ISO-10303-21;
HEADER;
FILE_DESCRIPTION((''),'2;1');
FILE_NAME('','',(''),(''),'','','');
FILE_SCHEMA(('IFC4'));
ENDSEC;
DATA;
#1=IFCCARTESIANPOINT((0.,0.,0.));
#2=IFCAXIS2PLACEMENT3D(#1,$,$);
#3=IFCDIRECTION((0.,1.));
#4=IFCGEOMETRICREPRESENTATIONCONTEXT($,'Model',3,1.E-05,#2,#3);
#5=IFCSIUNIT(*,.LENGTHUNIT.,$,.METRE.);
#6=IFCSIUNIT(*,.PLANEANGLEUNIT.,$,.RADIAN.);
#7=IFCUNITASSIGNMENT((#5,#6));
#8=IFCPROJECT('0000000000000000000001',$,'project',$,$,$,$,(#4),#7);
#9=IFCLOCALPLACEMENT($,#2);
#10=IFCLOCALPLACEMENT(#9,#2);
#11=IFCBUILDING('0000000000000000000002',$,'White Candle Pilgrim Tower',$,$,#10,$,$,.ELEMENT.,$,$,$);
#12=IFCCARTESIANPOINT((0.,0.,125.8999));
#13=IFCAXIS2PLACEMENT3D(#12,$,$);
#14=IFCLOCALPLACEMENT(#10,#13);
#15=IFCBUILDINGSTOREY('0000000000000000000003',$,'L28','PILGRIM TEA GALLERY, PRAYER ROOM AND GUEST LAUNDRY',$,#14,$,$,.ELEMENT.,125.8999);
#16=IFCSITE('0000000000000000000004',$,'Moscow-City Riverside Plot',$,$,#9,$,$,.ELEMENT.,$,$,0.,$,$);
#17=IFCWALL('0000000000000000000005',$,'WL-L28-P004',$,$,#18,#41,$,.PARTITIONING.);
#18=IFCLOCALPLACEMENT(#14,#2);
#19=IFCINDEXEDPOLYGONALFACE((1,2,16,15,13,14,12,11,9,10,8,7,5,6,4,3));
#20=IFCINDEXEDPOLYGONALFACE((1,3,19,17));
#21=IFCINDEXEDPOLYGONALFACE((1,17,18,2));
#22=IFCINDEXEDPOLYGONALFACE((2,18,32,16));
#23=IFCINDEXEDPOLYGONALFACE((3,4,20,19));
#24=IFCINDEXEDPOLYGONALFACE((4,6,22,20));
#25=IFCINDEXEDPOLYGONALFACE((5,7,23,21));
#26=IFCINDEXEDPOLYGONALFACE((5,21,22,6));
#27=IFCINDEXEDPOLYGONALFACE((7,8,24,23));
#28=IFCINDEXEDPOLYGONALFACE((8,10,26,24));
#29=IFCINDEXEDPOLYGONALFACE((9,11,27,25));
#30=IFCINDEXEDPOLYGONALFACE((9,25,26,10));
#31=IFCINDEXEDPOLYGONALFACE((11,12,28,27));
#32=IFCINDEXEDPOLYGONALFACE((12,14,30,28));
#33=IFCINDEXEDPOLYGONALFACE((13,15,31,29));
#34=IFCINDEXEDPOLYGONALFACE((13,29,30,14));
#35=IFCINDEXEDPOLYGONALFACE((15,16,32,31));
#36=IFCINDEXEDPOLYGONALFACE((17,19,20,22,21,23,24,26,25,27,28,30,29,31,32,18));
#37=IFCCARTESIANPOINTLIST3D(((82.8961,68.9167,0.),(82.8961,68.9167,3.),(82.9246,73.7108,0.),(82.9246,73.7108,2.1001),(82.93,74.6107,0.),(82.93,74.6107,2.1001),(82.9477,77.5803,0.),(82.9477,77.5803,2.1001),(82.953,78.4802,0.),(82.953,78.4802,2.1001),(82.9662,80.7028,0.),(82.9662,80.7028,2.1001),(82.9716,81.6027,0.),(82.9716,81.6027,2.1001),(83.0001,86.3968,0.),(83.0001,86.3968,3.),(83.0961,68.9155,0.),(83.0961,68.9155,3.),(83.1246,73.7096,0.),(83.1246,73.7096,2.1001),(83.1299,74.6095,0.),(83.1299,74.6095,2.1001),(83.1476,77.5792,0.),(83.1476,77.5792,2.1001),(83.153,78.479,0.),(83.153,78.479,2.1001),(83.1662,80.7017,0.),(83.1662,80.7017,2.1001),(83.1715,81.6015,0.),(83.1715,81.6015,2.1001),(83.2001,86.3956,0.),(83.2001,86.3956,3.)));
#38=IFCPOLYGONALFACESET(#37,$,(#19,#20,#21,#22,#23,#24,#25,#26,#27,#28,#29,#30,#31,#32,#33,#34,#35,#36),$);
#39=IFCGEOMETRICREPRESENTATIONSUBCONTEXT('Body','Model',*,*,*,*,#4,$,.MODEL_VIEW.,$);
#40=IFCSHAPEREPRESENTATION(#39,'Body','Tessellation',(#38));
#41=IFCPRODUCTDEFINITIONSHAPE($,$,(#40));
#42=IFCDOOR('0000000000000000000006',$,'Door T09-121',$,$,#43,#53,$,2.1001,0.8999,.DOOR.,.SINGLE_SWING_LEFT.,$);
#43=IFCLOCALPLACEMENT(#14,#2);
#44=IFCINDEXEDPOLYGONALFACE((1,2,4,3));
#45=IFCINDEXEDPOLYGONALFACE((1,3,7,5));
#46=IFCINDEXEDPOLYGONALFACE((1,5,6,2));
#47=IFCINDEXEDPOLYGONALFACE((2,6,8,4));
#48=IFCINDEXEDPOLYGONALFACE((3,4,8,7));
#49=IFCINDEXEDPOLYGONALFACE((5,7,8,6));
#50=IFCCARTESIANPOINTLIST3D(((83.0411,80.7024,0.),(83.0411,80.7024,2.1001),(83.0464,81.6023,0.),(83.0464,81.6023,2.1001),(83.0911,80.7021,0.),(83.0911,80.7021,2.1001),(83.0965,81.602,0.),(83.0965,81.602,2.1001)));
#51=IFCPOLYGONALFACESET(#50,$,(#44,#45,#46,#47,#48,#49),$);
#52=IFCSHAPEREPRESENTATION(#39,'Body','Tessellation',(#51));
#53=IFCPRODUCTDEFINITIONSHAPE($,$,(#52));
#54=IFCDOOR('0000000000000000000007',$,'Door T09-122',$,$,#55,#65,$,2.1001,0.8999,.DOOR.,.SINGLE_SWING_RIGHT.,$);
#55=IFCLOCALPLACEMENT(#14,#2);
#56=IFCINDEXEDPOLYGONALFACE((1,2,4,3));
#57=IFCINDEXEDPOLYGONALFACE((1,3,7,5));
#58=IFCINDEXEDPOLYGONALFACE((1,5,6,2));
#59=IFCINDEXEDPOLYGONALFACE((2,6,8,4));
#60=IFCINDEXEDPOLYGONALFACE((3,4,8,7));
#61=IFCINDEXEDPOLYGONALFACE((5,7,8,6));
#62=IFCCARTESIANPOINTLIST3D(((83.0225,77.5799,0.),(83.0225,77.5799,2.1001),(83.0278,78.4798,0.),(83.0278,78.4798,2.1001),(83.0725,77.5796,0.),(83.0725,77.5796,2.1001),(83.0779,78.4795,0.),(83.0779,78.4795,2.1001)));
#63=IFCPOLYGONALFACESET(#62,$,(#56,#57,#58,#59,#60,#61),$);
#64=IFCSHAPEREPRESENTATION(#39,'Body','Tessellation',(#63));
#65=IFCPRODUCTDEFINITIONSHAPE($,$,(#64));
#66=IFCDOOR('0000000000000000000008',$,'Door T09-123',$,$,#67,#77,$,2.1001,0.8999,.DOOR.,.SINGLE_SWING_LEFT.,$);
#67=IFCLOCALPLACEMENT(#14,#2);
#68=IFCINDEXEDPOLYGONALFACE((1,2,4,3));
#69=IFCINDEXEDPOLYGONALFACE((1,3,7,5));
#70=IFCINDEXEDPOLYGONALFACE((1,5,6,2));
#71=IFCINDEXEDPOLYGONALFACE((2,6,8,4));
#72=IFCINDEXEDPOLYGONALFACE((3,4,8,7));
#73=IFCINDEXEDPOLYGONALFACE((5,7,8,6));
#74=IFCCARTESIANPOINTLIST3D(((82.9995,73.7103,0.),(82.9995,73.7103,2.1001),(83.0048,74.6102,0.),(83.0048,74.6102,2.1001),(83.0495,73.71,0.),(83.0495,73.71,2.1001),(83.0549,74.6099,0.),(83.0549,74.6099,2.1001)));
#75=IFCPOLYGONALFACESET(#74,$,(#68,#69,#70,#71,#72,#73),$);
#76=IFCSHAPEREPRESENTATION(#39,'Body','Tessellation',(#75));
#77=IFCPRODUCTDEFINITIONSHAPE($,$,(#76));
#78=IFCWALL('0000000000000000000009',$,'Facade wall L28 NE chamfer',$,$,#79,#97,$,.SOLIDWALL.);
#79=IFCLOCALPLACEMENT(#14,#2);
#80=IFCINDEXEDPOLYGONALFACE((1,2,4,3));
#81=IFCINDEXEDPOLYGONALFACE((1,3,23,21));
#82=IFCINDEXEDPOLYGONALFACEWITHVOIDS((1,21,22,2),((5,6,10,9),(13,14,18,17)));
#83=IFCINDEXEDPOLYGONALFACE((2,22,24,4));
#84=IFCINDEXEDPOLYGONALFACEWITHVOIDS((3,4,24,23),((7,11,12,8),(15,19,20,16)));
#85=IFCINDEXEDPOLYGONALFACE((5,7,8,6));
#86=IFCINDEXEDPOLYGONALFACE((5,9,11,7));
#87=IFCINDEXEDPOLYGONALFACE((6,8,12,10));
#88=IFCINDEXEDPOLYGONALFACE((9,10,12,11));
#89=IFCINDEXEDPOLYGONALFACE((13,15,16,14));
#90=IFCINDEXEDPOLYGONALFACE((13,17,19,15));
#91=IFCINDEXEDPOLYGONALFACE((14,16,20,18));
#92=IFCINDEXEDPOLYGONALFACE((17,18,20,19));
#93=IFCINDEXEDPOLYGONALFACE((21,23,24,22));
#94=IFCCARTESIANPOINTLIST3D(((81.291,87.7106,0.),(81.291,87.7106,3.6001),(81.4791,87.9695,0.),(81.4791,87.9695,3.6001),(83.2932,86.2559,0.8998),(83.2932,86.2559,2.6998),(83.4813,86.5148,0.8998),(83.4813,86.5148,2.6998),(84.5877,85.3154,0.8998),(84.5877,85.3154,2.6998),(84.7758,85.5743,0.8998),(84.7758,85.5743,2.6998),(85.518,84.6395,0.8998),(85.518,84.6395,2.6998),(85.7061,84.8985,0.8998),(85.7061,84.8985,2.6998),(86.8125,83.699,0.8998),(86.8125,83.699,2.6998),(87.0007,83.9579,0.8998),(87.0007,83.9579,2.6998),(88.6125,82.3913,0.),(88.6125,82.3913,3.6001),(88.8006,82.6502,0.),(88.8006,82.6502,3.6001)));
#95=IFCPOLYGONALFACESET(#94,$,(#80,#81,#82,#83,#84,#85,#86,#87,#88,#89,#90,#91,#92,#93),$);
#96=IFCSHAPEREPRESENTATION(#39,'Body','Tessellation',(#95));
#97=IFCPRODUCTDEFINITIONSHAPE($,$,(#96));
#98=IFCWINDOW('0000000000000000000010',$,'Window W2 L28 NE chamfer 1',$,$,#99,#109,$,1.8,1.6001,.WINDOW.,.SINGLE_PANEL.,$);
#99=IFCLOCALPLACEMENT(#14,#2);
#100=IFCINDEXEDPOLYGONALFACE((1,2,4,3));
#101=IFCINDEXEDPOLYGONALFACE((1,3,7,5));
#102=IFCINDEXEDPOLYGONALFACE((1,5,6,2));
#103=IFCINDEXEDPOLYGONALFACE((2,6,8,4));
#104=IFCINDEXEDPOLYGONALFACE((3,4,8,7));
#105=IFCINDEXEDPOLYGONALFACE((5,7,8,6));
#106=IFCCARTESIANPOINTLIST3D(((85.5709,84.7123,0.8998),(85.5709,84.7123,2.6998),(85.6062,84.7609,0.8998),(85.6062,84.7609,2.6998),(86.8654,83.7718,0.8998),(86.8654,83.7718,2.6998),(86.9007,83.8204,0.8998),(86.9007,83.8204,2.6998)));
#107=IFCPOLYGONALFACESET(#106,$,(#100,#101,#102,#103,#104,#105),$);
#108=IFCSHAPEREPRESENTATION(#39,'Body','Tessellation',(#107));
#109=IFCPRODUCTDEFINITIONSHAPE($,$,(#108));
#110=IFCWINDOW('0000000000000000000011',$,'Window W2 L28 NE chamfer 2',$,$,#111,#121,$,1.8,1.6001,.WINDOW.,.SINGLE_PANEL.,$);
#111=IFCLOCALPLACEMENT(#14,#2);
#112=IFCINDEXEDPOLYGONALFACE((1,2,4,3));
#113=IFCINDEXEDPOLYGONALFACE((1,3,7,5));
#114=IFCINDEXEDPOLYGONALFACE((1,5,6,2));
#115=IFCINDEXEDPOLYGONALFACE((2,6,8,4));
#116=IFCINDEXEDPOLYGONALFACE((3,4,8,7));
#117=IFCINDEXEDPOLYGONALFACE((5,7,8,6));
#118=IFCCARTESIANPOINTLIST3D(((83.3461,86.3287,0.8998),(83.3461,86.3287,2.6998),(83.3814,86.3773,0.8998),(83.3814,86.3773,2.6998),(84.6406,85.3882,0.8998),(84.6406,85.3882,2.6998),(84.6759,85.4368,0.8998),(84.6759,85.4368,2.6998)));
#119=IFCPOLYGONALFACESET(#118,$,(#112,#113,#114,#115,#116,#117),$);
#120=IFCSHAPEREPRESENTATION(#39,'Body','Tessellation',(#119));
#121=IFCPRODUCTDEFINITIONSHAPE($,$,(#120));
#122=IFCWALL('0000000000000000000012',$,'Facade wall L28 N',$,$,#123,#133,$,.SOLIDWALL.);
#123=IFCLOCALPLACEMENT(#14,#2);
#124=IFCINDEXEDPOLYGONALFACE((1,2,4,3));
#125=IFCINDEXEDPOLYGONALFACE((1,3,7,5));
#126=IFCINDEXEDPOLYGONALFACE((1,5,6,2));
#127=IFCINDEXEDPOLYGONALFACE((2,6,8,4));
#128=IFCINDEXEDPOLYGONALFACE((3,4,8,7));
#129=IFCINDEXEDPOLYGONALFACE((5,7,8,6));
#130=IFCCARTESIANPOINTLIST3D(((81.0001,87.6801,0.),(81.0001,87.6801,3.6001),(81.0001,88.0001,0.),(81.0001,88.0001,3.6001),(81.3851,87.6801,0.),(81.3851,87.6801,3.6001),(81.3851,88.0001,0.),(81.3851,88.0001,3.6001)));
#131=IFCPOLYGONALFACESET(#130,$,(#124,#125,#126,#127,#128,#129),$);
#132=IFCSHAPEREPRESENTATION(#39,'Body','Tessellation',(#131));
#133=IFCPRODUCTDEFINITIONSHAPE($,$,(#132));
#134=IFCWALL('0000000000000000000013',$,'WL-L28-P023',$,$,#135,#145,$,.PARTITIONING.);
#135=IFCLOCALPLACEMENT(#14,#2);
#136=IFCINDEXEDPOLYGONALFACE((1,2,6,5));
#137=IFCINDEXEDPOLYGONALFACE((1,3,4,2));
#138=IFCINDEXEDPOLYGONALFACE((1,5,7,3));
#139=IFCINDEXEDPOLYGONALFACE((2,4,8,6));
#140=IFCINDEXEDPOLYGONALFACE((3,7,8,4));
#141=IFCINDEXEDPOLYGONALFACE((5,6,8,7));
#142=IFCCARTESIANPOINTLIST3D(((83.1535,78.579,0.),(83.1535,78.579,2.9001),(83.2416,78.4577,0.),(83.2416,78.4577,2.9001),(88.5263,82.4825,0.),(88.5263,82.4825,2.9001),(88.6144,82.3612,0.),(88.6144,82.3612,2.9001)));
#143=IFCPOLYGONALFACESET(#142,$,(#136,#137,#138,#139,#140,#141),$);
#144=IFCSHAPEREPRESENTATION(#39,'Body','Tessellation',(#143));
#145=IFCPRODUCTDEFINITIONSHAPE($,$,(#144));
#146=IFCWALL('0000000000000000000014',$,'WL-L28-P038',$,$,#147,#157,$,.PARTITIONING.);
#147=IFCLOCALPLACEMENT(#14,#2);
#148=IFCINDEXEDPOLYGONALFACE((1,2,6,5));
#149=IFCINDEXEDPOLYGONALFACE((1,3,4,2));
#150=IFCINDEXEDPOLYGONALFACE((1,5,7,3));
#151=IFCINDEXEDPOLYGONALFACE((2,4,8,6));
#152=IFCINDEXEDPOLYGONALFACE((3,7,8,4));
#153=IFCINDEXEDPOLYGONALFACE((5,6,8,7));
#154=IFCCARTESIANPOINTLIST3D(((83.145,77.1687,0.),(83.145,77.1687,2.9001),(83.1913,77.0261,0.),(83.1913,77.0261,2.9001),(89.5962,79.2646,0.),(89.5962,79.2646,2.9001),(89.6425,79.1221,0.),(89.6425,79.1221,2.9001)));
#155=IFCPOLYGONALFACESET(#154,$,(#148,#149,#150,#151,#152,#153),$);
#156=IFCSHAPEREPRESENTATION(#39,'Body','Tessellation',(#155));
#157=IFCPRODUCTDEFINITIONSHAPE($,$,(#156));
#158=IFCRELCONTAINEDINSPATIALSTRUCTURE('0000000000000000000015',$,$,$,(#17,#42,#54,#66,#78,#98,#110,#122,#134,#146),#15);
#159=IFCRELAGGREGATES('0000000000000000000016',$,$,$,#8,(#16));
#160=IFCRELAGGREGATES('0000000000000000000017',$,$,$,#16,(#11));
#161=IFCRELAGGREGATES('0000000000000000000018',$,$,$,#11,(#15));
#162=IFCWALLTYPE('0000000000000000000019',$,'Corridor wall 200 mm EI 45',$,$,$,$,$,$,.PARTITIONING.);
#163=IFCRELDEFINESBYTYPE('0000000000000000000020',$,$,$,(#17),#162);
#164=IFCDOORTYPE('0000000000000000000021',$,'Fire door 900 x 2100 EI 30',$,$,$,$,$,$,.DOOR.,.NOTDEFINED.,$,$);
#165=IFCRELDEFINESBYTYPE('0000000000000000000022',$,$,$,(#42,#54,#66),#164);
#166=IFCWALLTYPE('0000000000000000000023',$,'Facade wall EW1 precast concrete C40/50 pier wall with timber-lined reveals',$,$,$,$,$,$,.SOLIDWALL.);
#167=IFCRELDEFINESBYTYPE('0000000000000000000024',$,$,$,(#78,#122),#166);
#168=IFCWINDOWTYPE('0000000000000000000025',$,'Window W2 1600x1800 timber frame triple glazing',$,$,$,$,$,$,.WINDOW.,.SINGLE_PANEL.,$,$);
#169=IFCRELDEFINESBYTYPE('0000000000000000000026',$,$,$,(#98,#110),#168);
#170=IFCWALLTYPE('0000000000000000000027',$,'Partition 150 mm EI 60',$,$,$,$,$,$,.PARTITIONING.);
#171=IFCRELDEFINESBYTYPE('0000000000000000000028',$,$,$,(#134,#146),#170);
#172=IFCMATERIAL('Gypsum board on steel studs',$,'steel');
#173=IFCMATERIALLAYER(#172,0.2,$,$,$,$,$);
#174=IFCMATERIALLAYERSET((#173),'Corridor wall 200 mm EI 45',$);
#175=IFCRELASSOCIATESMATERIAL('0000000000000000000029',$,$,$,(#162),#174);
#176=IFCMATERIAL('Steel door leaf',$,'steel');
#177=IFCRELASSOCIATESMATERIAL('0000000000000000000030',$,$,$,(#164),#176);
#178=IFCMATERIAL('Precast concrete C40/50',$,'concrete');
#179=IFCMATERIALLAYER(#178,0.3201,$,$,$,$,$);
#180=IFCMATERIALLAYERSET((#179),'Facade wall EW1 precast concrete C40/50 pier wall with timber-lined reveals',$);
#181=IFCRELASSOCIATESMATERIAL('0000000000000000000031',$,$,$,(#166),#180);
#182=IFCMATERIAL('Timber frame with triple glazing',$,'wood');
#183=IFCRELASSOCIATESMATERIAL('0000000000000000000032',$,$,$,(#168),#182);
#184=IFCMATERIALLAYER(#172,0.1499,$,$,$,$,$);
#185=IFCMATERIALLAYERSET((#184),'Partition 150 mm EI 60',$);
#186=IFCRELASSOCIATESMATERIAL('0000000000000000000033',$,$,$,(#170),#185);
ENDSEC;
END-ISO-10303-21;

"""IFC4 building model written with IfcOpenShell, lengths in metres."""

from ifc_helpers import new_model, si_unit, direction, frame, frame_2d, origin, place, context, subcontext, project, spatial, rectangle, extrude, material, layer, layer_set, type_object, element, fill, save


model = new_model("IFC4")

# Units and contexts
model_context = context("Model", 3, precision=1e-05, world=origin(), true_north=direction((0.0, 1.0)))
body_context = subcontext(model_context, "Body", "Model", "MODEL_VIEW")
ifc_project = project(units=[si_unit("LENGTHUNIT", "METRE"), si_unit("PLANEANGLEUNIT", "RADIAN")], contexts=[model_context])

# Site, building, storey
site_placement = place(None, origin())
site = spatial("IfcSite", under=ifc_project, at=site_placement, Name="Moscow-City Riverside Plot", CompositionType="ELEMENT", RefElevation=0.0)
building_placement = place(site_placement, origin())
building = spatial("IfcBuilding", under=site, at=building_placement, Name="White Candle Pilgrim Tower", CompositionType="ELEMENT")
storey_placement = place(building_placement, frame((0.0, 0.0, 125.8999)))
storey = spatial("IfcBuildingStorey", under=building, at=storey_placement, Name="L28", Description="PILGRIM TEA GALLERY, PRAYER ROOM AND GUEST LAUNDRY", CompositionType="ELEMENT", Elevation=125.8999)

# Shared definitions
ifc_material_1 = material(Name="Steel door leaf", Category="steel")

# Wall, openings, doors
ifc_material_2 = material(Name="Gypsum board on steel studs", Category="steel")
ifc_layer_1 = layer(ifc_material_2, 0.2)
ifc_layer_set_1 = layer_set([ifc_layer_1], Name="Corridor wall 200 mm EI 45")
wall_type_1 = type_object("IfcWallType", Name="Corridor wall 200 mm EI 45", PredefinedType="PARTITIONING", material=ifc_layer_set_1)
wall_1_placement = place(storey_placement, frame((83.1001, 86.3962, 0.0), z_axis=(0.0, 0.0, 1.0), x_axis=(-0.00595, -0.999982, 0.0)))
wall_1 = element("IfcWall", 1, at=wall_1_placement, inside=storey, type_object=wall_type_1, Name="WL-L28-P004", PredefinedType="PARTITIONING", context=body_context, shape_type="SweptSolid", body=[
    extrude(rectangle(XDim=17.4805, YDim=0.2, at=frame_2d((8.7402, 0.0))), origin(), (0.0, 0.0, 1.0), 3.0),
])
opening_1_placement = place(wall_1_placement, frame((4.7942, 0.0, 0.0)))
opening_1 = element("IfcOpeningElement", 2, at=opening_1_placement, cuts=wall_1, PredefinedType="OPENING", context=body_context, shape_type="SweptSolid", body=[
    extrude(rectangle(XDim=0.8999, YDim=2.1001, at=frame_2d((0.45, 1.05))), frame((0.0, 0.1099, 0.0), z_axis=(0.0, -1.0, 0.0), x_axis=(1.0, 0.0, 0.0)), (0.0, 0.0, 1.0), 0.22),
])
opening_2_placement = place(wall_1_placement, frame((7.9167, 0.0, 0.0)))
opening_2 = element("IfcOpeningElement", 3, at=opening_2_placement, cuts=wall_1, PredefinedType="OPENING", context=body_context, shape_type="SweptSolid", body=[
    extrude(rectangle(XDim=0.8999, YDim=2.1001, at=frame_2d((0.45, 1.05))), frame((0.0, 0.1099, 0.0), z_axis=(0.0, -1.0, 0.0), x_axis=(1.0, 0.0, 0.0)), (0.0, 0.0, 1.0), 0.22),
])
opening_3_placement = place(wall_1_placement, frame((11.7864, 0.0, 0.0)))
opening_3 = element("IfcOpeningElement", 4, at=opening_3_placement, cuts=wall_1, PredefinedType="OPENING", context=body_context, shape_type="SweptSolid", body=[
    extrude(rectangle(XDim=0.8999, YDim=2.1001, at=frame_2d((0.45, 1.05))), frame((0.0, 0.1099, 0.0), z_axis=(0.0, -1.0, 0.0), x_axis=(1.0, 0.0, 0.0)), (0.0, 0.0, 1.0), 0.22),
])
door_type_1 = type_object("IfcDoorType", Name="Fire door 900 x 2100 EI 30", OperationType="NOTDEFINED", PredefinedType="DOOR", material=ifc_material_1)
door_1_placement = place(opening_1_placement, origin())
door_1 = element("IfcDoor", 5, at=door_1_placement, inside=storey, type_object=door_type_1, Name="Door T09-121", OperationType="SINGLE_SWING_LEFT", OverallHeight=2.1001, OverallWidth=0.8999, PredefinedType="DOOR", context=body_context, shape_type="SweptSolid", body=[
    extrude(rectangle(XDim=0.8999, YDim=2.1001, at=frame_2d((0.45, 1.05))), frame((0.0, 0.0249, 0.0), z_axis=(0.0, -1.0, 0.0), x_axis=(1.0, 0.0, 0.0)), (0.0, 0.0, 1.0), 0.05),
])
fill(opening_1, door_1)
door_2_placement = place(opening_2_placement, origin())
door_2 = element("IfcDoor", 6, at=door_2_placement, inside=storey, type_object=door_type_1, Name="Door T09-122", OperationType="SINGLE_SWING_RIGHT", OverallHeight=2.1001, OverallWidth=0.8999, PredefinedType="DOOR", context=body_context, shape_type="SweptSolid", body=[
    extrude(rectangle(XDim=0.8999, YDim=2.1001, at=frame_2d((0.45, 1.05))), frame((0.0, 0.0249, 0.0), z_axis=(0.0, -1.0, 0.0), x_axis=(1.0, 0.0, 0.0)), (0.0, 0.0, 1.0), 0.05),
])
fill(opening_2, door_2)
door_3_placement = place(opening_3_placement, origin())
door_3 = element("IfcDoor", 7, at=door_3_placement, inside=storey, type_object=door_type_1, Name="Door T09-123", OperationType="SINGLE_SWING_LEFT", OverallHeight=2.1001, OverallWidth=0.8999, PredefinedType="DOOR", context=body_context, shape_type="SweptSolid", body=[
    extrude(rectangle(XDim=0.8999, YDim=2.1001, at=frame_2d((0.45, 1.05))), frame((0.0, 0.0249, 0.0), z_axis=(0.0, -1.0, 0.0), x_axis=(1.0, 0.0, 0.0)), (0.0, 0.0, 1.0), 0.05),
])
fill(opening_3, door_3)

# Wall, openings, windows
ifc_material_3 = material(Name="Precast concrete C40/50", Category="concrete")
ifc_layer_2 = layer(ifc_material_3, 0.3201)
ifc_layer_set_2 = layer_set([ifc_layer_2], Name="Facade wall EW1 precast concrete C40/50 pier wall with timber-lined reveals")
wall_type_2 = type_object("IfcWallType", Name="Facade wall EW1 precast concrete C40/50 pier wall with timber-lined reveals", PredefinedType="SOLIDWALL", material=ifc_layer_set_2)
wall_2_placement = place(storey_placement, frame((88.7065, 82.5208, 0.0), z_axis=(0.0, 0.0, 1.0), x_axis=(-0.809021, 0.58778, 0.0)))
wall_2 = element("IfcWall", 8, at=wall_2_placement, inside=storey, type_object=wall_type_2, Name="Facade wall L28 NE chamfer", PredefinedType="SOLIDWALL", context=body_context, shape_type="SweptSolid", body=[
    extrude(rectangle(XDim=9.0498, YDim=0.3201, at=frame_2d((4.5249, 0.0))), origin(), (0.0, 0.0, 1.0), 3.6001),
])
opening_4_placement = place(wall_2_placement, frame((2.2249, 0.0, 0.8999)))
opening_4 = element("IfcOpeningElement", 9, at=opening_4_placement, cuts=wall_2, PredefinedType="OPENING", context=body_context, shape_type="SweptSolid", body=[
    extrude(rectangle(XDim=1.6001, YDim=1.8, at=frame_2d((0.8, 0.8999))), frame((0.0, 0.1699, 0.0), z_axis=(0.0, -1.0, 0.0), x_axis=(1.0, 0.0, 0.0)), (0.0, 0.0, 1.0), 0.3401),
])
opening_5_placement = place(wall_2_placement, frame((4.9749, 0.0, 0.8999)))
opening_5 = element("IfcOpeningElement", 10, at=opening_5_placement, cuts=wall_2, PredefinedType="OPENING", context=body_context, shape_type="SweptSolid", body=[
    extrude(rectangle(XDim=1.6001, YDim=1.8, at=frame_2d((0.8, 0.8999))), frame((0.0, 0.1699, 0.0), z_axis=(0.0, -1.0, 0.0), x_axis=(1.0, 0.0, 0.0)), (0.0, 0.0, 1.0), 0.3401),
])
ifc_material_4 = material(Name="Timber frame with triple glazing", Category="wood")
window_type = type_object("IfcWindowType", Name="Window W2 1600x1800 timber frame triple glazing", PartitioningType="SINGLE_PANEL", PredefinedType="WINDOW", material=ifc_material_4)
window_1_placement = place(opening_4_placement, origin())
window_1 = element("IfcWindow", 11, at=window_1_placement, inside=storey, type_object=window_type, Name="Window W2 L28 NE chamfer 1", OverallHeight=1.8, OverallWidth=1.6001, PartitioningType="SINGLE_PANEL", PredefinedType="WINDOW", context=body_context, shape_type="SweptSolid", body=[
    extrude(rectangle(XDim=1.6001, YDim=1.8, at=frame_2d((0.8, 0.8999))), frame((0.0, 0.0701, 0.0), z_axis=(0.0, -1.0, 0.0), x_axis=(1.0, 0.0, 0.0)), (0.0, 0.0, 1.0), 0.0601),
])
fill(opening_4, window_1)
window_2_placement = place(opening_5_placement, origin())
window_2 = element("IfcWindow", 12, at=window_2_placement, inside=storey, type_object=window_type, Name="Window W2 L28 NE chamfer 2", OverallHeight=1.8, OverallWidth=1.6001, PartitioningType="SINGLE_PANEL", PredefinedType="WINDOW", context=body_context, shape_type="SweptSolid", body=[
    extrude(rectangle(XDim=1.6001, YDim=1.8, at=frame_2d((0.8, 0.8999))), frame((0.0, 0.0701, 0.0), z_axis=(0.0, -1.0, 0.0), x_axis=(1.0, 0.0, 0.0)), (0.0, 0.0, 1.0), 0.0601),
])
fill(opening_5, window_2)

# Walls
wall_3_placement = place(storey_placement, frame((81.385, 87.8401, 0.0), z_axis=(0.0, 0.0, 1.0), x_axis=(-1.0, 0.0, 0.0)))
element("IfcWall", 13, at=wall_3_placement, inside=storey, type_object=wall_type_2, Name="Facade wall L28 N", PredefinedType="SOLIDWALL", context=body_context, shape_type="SweptSolid", body=[
    extrude(rectangle(XDim=0.385, YDim=0.3201, at=frame_2d((0.1924, 0.0))), origin(), (0.0, 0.0, 1.0), 3.6001),
])
ifc_layer_3 = layer(ifc_material_2, 0.1499)
ifc_layer_set_3 = layer_set([ifc_layer_3], Name="Partition 150 mm EI 60")
wall_type_3 = type_object("IfcWallType", Name="Partition 150 mm EI 60", PredefinedType="PARTITIONING", material=ifc_layer_set_3)
wall_4_placement = place(storey_placement, frame((88.5703, 82.4219, 0.0), z_axis=(0.0, 0.0, 1.0), x_axis=(-0.809017, -0.587785, 0.0)))
element("IfcWall", 14, at=wall_4_placement, inside=storey, type_object=wall_type_3, Name="WL-L28-P023", PredefinedType="PARTITIONING", context=body_context, shape_type="SweptSolid", body=[
    extrude(rectangle(XDim=6.6411, YDim=0.1499, at=frame_2d((3.3206, 0.0))), origin(), (0.0, 0.0, 1.0), 2.9001),
])
wall_5_placement = place(storey_placement, frame((89.6194, 79.1934, 0.0), z_axis=(0.0, 0.0, 1.0), x_axis=(-0.951064, -0.308995, 0.0)))
element("IfcWall", 15, at=wall_5_placement, inside=storey, type_object=wall_type_3, Name="WL-L28-P038", PredefinedType="PARTITIONING", context=body_context, shape_type="SweptSolid", body=[
    extrude(rectangle(XDim=6.7832, YDim=0.1499, at=frame_2d((3.3916, 0.0))), origin(), (0.0, 0.0, 1.0), 2.9001),
])

save(model, "model.ifc")
